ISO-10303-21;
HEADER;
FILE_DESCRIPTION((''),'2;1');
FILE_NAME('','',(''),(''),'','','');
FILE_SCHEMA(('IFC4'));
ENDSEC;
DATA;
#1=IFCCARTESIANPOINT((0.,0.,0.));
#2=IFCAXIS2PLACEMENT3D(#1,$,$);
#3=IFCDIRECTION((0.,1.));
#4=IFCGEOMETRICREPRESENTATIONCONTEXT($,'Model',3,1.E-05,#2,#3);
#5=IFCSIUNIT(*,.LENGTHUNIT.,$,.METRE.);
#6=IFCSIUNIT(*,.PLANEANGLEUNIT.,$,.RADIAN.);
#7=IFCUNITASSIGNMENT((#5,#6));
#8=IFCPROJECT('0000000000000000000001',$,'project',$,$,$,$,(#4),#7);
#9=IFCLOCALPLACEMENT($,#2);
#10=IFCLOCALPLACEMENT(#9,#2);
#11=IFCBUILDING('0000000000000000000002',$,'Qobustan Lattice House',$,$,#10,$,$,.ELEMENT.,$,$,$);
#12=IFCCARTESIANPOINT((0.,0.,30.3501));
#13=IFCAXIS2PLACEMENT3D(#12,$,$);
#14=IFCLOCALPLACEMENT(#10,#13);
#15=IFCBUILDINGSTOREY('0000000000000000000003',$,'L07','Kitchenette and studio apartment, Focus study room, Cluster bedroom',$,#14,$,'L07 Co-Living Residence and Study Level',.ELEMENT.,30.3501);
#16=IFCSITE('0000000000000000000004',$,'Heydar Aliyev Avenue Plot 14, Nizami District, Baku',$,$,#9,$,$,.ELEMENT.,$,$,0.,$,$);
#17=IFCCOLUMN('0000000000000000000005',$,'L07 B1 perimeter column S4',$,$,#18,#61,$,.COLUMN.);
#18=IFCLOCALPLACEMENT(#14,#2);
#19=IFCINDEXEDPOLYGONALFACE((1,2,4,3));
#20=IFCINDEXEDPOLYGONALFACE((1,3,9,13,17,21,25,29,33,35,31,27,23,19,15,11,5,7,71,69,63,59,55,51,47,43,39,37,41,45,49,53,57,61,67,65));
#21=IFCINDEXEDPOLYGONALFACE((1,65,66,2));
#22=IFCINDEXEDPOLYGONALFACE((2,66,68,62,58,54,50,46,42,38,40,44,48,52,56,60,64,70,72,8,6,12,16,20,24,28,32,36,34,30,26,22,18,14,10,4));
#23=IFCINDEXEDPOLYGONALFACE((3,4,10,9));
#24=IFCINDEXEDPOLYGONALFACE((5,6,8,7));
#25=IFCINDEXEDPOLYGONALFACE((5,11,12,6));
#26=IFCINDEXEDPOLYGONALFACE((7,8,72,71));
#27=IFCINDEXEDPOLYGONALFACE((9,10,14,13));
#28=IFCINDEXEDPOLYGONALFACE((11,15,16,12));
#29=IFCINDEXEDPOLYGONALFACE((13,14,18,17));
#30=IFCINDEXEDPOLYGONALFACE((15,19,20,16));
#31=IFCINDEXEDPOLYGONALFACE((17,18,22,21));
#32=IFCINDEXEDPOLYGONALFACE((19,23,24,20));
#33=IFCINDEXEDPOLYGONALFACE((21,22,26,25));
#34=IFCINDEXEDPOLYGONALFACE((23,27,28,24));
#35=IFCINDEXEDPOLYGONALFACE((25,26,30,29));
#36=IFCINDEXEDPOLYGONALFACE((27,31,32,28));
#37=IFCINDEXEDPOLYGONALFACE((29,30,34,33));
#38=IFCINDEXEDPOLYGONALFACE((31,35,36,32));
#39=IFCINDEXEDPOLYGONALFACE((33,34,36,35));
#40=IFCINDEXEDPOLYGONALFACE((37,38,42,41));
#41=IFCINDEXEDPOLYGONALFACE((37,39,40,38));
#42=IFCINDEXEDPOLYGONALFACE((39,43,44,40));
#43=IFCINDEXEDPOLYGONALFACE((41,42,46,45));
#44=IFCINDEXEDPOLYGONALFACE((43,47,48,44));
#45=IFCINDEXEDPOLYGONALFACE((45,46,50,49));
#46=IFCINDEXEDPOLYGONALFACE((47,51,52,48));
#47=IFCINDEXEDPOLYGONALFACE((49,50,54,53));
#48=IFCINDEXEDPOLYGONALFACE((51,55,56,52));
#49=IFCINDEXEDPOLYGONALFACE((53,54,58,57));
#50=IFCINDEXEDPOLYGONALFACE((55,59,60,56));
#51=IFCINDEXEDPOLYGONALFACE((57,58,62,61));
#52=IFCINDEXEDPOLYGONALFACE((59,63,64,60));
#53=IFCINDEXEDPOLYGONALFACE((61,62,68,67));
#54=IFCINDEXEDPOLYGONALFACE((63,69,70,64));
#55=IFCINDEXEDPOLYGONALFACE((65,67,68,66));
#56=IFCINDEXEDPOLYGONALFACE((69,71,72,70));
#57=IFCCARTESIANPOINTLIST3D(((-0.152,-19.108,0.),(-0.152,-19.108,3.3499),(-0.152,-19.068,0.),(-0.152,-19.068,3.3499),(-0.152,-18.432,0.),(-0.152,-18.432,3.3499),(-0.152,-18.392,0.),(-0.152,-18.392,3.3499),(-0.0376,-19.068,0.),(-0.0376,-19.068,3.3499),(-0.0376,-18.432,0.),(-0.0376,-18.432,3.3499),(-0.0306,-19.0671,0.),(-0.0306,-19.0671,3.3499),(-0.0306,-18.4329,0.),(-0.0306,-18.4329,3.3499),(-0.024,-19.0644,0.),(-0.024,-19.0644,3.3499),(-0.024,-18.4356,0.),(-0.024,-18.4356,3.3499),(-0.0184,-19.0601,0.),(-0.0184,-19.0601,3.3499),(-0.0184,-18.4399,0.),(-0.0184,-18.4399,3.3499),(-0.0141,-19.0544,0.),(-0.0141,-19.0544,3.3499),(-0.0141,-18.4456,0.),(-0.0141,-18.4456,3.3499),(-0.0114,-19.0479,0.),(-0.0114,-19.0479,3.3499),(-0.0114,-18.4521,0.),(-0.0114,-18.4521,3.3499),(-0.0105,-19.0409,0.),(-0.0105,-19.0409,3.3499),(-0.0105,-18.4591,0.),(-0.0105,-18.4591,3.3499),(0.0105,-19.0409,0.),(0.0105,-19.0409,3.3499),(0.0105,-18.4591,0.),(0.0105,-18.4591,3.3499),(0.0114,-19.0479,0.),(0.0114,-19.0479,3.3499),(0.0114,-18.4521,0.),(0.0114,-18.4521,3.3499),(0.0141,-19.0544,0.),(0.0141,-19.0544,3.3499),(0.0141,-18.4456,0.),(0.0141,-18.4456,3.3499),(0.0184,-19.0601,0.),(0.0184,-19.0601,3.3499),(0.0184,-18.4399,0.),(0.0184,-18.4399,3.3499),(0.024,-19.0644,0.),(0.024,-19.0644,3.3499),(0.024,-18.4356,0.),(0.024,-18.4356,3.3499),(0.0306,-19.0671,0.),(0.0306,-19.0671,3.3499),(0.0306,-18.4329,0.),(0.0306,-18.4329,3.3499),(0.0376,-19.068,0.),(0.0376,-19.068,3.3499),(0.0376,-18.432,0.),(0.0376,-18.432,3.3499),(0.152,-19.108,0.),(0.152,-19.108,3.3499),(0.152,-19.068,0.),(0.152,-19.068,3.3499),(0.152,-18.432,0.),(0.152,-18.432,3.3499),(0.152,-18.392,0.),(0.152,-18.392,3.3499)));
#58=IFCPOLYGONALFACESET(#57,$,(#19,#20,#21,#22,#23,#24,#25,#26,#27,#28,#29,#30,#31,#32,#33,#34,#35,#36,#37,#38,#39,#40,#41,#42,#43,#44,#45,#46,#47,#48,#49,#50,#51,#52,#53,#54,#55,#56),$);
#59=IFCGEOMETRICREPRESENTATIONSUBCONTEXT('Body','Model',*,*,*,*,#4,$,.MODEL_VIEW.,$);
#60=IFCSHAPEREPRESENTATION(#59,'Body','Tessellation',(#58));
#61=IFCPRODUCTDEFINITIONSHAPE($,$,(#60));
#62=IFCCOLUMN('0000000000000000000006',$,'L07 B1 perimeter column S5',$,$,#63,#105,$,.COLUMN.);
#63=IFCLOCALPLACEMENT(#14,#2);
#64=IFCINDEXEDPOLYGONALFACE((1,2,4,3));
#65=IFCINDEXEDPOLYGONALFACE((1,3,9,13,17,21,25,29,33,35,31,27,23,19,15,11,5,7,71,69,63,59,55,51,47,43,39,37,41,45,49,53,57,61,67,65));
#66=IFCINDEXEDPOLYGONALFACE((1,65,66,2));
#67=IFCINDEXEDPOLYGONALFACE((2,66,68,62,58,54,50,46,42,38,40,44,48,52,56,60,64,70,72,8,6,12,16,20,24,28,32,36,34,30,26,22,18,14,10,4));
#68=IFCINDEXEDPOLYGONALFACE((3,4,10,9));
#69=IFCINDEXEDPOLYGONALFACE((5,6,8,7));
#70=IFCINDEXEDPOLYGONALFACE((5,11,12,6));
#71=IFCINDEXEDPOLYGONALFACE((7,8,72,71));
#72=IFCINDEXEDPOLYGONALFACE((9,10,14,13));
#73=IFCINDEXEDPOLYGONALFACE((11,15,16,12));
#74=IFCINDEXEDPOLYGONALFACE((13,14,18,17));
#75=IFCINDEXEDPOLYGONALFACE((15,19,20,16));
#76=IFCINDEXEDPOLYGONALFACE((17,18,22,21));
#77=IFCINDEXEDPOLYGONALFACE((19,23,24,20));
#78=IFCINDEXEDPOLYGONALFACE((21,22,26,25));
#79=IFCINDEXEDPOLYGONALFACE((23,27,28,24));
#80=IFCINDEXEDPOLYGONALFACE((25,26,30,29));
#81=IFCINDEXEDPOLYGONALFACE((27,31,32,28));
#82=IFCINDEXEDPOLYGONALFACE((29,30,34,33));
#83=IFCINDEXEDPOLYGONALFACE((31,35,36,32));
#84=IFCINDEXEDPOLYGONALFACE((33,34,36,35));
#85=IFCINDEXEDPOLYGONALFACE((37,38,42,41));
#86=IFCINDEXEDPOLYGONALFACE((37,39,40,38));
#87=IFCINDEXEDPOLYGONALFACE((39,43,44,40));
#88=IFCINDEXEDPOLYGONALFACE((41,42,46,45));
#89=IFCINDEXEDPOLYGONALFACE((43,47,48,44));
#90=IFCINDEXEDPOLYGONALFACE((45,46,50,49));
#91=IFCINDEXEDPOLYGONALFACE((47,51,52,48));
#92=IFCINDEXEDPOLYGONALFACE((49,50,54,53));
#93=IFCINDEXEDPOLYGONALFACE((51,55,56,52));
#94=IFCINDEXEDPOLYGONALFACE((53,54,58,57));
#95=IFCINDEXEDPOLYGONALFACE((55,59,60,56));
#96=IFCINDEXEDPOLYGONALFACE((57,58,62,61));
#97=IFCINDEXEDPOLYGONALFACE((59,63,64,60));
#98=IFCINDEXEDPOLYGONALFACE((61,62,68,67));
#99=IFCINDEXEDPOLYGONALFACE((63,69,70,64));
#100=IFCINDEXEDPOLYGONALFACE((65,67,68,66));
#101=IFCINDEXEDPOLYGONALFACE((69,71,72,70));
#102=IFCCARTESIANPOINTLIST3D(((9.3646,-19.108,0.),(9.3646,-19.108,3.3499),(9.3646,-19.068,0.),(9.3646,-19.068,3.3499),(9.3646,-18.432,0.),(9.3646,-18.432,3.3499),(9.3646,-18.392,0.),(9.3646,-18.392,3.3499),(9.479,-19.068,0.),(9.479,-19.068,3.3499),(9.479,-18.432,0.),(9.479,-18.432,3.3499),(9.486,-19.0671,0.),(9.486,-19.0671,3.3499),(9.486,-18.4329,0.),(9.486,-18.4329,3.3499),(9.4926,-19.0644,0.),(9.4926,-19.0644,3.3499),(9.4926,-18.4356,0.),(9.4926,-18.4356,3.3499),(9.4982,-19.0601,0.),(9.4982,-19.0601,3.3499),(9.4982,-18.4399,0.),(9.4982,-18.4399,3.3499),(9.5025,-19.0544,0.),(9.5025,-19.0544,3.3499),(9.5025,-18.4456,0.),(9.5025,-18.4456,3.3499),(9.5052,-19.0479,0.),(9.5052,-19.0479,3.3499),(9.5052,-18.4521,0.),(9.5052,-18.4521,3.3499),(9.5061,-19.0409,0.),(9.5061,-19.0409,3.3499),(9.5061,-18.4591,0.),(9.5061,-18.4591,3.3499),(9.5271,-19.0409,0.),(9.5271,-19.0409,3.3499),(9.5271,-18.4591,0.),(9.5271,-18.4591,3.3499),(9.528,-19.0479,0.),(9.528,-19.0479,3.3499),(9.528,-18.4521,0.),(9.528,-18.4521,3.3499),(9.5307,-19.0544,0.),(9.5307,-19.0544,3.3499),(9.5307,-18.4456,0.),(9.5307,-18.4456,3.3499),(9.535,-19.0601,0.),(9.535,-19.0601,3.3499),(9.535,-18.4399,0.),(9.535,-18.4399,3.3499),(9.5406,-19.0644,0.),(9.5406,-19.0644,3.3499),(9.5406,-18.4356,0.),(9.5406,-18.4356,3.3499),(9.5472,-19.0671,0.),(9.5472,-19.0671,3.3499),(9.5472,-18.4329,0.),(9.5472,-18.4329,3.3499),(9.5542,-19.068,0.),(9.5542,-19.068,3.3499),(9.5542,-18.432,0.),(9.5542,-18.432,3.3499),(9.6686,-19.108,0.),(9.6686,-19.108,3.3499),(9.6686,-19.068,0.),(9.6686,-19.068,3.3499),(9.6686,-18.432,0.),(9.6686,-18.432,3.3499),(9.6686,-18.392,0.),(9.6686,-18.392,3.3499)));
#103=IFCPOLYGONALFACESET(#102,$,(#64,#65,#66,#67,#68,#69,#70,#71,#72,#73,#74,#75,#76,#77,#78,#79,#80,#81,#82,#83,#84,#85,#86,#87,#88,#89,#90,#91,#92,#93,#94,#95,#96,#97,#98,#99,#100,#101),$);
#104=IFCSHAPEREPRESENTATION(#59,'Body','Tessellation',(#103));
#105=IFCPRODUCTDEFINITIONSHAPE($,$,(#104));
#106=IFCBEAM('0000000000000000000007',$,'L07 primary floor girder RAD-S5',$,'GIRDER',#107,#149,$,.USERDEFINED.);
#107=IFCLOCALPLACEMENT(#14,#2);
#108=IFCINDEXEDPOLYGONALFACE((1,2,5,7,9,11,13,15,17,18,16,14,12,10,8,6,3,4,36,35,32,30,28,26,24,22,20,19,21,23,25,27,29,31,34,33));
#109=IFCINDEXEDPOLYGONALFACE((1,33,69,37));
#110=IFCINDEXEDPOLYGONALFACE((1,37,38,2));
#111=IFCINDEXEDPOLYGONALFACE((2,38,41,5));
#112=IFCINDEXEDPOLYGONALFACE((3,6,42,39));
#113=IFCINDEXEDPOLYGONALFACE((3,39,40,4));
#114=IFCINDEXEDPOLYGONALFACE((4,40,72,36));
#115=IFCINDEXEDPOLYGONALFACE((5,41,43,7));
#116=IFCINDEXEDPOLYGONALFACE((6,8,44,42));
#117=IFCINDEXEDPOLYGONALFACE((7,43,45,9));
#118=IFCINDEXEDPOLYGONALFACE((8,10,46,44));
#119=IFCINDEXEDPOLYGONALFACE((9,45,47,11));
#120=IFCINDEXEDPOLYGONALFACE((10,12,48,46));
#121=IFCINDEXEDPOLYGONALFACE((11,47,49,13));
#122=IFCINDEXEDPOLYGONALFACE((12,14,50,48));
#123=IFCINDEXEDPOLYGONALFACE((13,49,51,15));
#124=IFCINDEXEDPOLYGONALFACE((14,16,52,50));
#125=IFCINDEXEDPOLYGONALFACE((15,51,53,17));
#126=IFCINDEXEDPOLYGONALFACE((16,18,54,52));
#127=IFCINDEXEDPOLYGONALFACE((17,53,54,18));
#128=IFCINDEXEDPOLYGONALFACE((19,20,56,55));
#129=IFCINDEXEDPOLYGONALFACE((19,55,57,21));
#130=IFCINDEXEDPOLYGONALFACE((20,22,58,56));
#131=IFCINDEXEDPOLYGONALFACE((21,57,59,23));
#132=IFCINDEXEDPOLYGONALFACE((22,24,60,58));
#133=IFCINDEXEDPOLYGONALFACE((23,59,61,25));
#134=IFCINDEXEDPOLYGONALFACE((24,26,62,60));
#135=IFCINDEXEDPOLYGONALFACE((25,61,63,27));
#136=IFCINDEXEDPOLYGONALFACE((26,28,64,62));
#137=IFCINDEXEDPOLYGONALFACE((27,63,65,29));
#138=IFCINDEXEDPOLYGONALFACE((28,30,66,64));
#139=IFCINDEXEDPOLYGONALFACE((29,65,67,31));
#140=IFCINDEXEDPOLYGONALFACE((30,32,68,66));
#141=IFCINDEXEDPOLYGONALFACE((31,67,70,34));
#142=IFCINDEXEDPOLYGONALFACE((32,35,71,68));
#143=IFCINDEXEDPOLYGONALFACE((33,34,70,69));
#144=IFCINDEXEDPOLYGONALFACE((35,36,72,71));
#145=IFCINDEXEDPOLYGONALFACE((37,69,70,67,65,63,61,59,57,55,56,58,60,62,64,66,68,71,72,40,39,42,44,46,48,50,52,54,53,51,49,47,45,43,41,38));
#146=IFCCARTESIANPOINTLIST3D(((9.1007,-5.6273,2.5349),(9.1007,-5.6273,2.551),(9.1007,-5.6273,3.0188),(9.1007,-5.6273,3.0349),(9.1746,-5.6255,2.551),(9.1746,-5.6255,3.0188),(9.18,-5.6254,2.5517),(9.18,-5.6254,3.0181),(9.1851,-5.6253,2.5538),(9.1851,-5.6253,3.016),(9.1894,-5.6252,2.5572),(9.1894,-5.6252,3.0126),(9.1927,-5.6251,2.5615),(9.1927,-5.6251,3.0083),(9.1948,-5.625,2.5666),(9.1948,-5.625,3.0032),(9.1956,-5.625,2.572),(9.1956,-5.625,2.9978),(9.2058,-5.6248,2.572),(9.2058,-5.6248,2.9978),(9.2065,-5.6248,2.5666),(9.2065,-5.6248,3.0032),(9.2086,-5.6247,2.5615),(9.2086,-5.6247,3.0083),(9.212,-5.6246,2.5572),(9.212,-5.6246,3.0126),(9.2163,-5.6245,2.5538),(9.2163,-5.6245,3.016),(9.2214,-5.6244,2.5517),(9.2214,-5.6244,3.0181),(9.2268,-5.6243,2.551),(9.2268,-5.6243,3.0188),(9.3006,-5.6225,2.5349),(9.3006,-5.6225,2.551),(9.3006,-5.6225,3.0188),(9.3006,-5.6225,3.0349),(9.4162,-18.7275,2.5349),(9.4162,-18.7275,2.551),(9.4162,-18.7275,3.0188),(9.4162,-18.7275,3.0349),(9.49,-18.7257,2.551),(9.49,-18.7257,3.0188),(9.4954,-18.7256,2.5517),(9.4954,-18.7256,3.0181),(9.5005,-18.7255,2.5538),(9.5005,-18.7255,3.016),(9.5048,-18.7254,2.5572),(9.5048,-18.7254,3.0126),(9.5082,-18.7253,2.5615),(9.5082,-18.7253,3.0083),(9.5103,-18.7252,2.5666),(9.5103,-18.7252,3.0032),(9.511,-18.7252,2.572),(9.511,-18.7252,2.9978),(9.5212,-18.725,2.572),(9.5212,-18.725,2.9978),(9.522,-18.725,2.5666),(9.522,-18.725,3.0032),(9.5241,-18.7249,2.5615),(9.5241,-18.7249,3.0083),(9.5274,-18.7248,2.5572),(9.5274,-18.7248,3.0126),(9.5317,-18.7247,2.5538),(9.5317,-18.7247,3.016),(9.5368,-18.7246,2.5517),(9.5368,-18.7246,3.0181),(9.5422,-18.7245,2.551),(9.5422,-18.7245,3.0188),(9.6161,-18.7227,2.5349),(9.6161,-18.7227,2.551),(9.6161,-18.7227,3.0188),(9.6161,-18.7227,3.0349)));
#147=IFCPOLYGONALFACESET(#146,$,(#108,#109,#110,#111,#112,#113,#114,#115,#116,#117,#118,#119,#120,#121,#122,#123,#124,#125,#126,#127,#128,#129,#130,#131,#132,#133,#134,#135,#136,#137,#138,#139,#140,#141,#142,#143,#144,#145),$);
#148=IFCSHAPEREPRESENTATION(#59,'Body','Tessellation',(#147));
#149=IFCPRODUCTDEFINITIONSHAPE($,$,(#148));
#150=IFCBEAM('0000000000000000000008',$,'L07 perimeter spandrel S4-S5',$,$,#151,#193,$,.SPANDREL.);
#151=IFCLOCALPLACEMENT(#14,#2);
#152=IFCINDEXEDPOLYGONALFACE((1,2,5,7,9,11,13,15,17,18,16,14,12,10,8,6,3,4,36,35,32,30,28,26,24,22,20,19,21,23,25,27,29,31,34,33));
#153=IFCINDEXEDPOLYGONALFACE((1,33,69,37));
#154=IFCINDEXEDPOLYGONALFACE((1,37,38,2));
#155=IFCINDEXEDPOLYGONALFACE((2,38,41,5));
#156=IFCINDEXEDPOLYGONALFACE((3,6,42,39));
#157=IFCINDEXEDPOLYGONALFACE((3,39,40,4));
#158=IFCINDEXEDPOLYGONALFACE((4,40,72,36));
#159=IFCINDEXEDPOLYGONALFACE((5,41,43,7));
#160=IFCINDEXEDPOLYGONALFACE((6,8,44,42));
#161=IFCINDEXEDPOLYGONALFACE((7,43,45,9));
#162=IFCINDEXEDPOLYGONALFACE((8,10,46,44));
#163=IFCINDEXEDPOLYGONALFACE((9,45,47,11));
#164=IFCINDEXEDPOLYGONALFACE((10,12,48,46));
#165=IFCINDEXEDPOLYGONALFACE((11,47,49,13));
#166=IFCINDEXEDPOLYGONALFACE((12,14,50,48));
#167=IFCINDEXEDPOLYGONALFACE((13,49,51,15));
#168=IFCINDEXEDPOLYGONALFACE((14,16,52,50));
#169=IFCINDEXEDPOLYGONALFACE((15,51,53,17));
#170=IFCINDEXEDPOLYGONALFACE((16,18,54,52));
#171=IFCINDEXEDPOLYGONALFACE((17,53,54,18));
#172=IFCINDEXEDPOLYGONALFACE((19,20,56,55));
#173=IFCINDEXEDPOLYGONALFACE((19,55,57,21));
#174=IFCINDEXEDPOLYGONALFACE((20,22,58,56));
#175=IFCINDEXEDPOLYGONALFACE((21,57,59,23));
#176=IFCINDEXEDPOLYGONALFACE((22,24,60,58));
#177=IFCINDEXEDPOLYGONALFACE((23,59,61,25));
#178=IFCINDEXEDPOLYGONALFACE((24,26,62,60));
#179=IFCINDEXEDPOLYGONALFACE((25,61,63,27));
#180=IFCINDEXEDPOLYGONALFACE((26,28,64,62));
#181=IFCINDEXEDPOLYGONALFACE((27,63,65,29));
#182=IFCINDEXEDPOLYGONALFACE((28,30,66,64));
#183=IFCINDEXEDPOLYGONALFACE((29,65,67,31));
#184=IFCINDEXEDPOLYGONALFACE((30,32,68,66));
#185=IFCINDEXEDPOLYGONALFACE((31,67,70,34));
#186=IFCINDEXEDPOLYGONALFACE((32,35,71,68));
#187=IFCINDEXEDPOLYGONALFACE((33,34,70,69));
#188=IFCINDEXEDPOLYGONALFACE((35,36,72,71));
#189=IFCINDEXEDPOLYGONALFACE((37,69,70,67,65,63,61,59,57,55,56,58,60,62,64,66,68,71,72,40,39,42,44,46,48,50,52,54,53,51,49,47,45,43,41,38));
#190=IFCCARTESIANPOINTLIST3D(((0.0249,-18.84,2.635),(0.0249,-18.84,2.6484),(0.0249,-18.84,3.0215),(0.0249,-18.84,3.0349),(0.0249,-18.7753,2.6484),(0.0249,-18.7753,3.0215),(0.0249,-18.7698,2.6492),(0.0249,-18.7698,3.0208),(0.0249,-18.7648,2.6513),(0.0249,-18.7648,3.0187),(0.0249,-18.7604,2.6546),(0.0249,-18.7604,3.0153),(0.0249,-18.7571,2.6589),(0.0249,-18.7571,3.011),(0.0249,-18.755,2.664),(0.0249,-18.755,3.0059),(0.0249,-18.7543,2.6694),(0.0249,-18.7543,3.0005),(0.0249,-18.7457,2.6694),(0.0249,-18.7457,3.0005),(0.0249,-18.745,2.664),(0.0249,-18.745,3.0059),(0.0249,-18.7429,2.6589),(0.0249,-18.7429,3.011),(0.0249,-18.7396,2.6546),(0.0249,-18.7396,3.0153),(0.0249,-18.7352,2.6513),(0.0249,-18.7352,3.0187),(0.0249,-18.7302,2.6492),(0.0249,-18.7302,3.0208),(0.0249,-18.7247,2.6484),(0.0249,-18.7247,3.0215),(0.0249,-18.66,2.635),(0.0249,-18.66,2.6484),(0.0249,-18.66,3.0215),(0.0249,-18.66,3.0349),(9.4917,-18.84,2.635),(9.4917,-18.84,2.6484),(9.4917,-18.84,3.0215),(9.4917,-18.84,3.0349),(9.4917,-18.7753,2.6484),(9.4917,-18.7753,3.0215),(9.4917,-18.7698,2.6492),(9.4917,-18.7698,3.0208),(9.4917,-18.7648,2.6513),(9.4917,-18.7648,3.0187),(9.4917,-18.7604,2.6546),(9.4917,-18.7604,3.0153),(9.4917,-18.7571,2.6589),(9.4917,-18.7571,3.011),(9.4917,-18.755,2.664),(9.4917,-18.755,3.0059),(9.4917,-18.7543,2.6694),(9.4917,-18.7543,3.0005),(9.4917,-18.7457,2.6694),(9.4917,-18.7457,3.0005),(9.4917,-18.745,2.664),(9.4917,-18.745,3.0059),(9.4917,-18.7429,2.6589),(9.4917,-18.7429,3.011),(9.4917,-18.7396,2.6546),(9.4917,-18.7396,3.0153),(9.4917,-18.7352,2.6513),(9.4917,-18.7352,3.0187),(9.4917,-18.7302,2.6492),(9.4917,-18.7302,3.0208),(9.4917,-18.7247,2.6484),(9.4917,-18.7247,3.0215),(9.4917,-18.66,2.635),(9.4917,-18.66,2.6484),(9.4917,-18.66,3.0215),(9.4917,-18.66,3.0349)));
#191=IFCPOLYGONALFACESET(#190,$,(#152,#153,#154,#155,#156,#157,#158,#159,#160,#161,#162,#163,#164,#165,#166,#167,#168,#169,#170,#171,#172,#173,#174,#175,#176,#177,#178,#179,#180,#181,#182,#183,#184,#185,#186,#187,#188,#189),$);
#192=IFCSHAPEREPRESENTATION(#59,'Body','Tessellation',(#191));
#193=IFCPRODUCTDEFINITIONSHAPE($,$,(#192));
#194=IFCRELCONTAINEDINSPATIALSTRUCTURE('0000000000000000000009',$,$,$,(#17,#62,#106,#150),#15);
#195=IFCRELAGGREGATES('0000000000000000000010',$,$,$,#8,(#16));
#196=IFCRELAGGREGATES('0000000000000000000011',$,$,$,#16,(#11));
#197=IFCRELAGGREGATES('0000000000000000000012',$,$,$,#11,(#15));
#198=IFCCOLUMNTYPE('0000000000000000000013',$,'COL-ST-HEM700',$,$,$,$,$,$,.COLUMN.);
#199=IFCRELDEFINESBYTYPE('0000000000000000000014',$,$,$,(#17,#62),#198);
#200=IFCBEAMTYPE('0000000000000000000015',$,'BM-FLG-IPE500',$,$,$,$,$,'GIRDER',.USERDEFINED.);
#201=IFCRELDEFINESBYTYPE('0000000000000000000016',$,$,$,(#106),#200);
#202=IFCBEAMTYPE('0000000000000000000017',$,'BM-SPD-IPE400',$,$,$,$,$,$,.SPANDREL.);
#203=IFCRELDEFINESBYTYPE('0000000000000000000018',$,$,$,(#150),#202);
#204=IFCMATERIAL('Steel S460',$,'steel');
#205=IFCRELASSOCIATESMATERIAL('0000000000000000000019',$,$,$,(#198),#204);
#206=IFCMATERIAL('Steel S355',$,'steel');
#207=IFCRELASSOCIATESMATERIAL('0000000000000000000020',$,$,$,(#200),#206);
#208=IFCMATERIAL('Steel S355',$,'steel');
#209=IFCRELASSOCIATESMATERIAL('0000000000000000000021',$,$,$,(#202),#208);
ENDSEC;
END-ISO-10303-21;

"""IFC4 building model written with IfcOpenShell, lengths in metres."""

from ifc_helpers import new_model, si_unit, direction, frame, origin, origin_2d, place, context, subcontext, project, spatial, i_section, extrude, material, material_profile, profile_set, type_object, element, save


model = new_model("IFC4")

# Units and contexts
model_context = context("Model", 3, precision=1e-05, world=origin(), true_north=direction((0.0, 1.0)))
body_context = subcontext(model_context, "Body", "Model", "MODEL_VIEW")
ifc_project = project(units=[si_unit("LENGTHUNIT", "METRE"), si_unit("PLANEANGLEUNIT", "RADIAN")], contexts=[model_context])

# Site, building, storey
site_placement = place(None, origin())
site = spatial("IfcSite", under=ifc_project, at=site_placement, Name="Heydar Aliyev Avenue Plot 14, Nizami District, Baku", CompositionType="ELEMENT", RefElevation=0.0)
building_placement = place(site_placement, origin())
building = spatial("IfcBuilding", under=site, at=building_placement, Name="Qobustan Lattice House", CompositionType="ELEMENT")
storey_placement = place(building_placement, frame((0.0, 0.0, 30.3501)))
storey = spatial("IfcBuildingStorey", under=building, at=storey_placement, Name="L07", Description="Kitchenette and studio apartment, Focus study room, Cluster bedroom", LongName="L07 Co-Living Residence and Study Level", CompositionType="ELEMENT", Elevation=30.3501)

# Columns
ifc_material_1 = material(Name="Steel S460", Category="steel")
ifc_material_profile_1 = material_profile(ifc_material_1, i_section(OverallWidth=0.304, OverallDepth=0.7161, WebThickness=0.021, FlangeThickness=0.04, FilletRadius=0.0271, at=origin_2d()), Name="HEM700")
ifc_profile_set_1 = profile_set([ifc_material_profile_1], Name="Steel S460")
column_type = type_object("IfcColumnType", Name="COL-ST-HEM700", PredefinedType="COLUMN", material=ifc_profile_set_1)
for number, where, z_axis, x_axis, name in (
    (1, (0.0, -18.75, 0.0), (0.0, 0.0, 1.0), (1.0, 0.0, 0.0), "L07 B1 perimeter column S4"),
    (2, (9.5166, -18.75, 0.0), (0.0, 0.0, 1.0), (1.0, 0.0, 0.0), "L07 B1 perimeter column S5"),
):
    element("IfcColumn", number, at=place(storey_placement, frame(where, z_axis=z_axis, x_axis=x_axis)), inside=storey, type_object=column_type, Name=name, PredefinedType="COLUMN", context=body_context, shape_type="SweptSolid", body=[
        extrude(i_section(OverallWidth=0.304, OverallDepth=0.7161, WebThickness=0.021, FlangeThickness=0.04, FilletRadius=0.0271, at=origin_2d()), origin(), (0.0, 0.0, 1.0), 3.3499),
    ])

# Beams
ifc_material_2 = material(Name="Steel S355", Category="steel")
ifc_material_profile_2 = material_profile(ifc_material_2, i_section(OverallWidth=0.2, OverallDepth=0.5, WebThickness=0.0103, FlangeThickness=0.0161, FilletRadius=0.021, at=origin_2d()), Name="IPE500")
ifc_profile_set_2 = profile_set([ifc_material_profile_2], Name="Steel S355")
beam_type_1 = type_object("IfcBeamType", Name="BM-FLG-IPE500", ElementType="GIRDER", PredefinedType="USERDEFINED", material=ifc_profile_set_2)
beam_1_placement = place(storey_placement, frame((9.5161, -18.7251, 2.7849), z_axis=(-0.024071, 0.99971, 0.0), x_axis=(-0.99971, -0.024071, 0.0)))
element("IfcBeam", 3, at=beam_1_placement, inside=storey, type_object=beam_type_1, Name="L07 primary floor girder RAD-S5", ObjectType="GIRDER", PredefinedType="USERDEFINED", context=body_context, shape_type="SweptSolid", body=[
    extrude(i_section(OverallWidth=0.2, OverallDepth=0.5, WebThickness=0.0103, FlangeThickness=0.0161, FilletRadius=0.021, at=origin_2d()), origin(), (0.0, 0.0, 1.0), 13.104),
])
ifc_material_3 = material(Name="Steel S355", Category="steel")
ifc_material_profile_3 = material_profile(ifc_material_3, i_section(OverallWidth=0.1799, OverallDepth=0.3999, WebThickness=0.0085, FlangeThickness=0.0134, FilletRadius=0.021, at=origin_2d()), Name="IPE400")
ifc_profile_set_3 = profile_set([ifc_material_profile_3], Name="Steel S355")
beam_type_2 = type_object("IfcBeamType", Name="BM-SPD-IPE400", PredefinedType="SPANDREL", material=ifc_profile_set_3)
beam_2_placement = place(storey_placement, frame((0.0249, -18.75, 2.835), z_axis=(1.0, 0.0, 0.0), x_axis=(0.0, 1.0, 0.0)))
element("IfcBeam", 4, at=beam_2_placement, inside=storey, type_object=beam_type_2, Name="L07 perimeter spandrel S4-S5", PredefinedType="SPANDREL", context=body_context, shape_type="SweptSolid", body=[
    extrude(i_section(OverallWidth=0.1799, OverallDepth=0.3999, WebThickness=0.0085, FlangeThickness=0.0134, FilletRadius=0.021, at=origin_2d()), origin(), (0.0, 0.0, 1.0), 9.4668),
])

save(model, "model.ifc")
